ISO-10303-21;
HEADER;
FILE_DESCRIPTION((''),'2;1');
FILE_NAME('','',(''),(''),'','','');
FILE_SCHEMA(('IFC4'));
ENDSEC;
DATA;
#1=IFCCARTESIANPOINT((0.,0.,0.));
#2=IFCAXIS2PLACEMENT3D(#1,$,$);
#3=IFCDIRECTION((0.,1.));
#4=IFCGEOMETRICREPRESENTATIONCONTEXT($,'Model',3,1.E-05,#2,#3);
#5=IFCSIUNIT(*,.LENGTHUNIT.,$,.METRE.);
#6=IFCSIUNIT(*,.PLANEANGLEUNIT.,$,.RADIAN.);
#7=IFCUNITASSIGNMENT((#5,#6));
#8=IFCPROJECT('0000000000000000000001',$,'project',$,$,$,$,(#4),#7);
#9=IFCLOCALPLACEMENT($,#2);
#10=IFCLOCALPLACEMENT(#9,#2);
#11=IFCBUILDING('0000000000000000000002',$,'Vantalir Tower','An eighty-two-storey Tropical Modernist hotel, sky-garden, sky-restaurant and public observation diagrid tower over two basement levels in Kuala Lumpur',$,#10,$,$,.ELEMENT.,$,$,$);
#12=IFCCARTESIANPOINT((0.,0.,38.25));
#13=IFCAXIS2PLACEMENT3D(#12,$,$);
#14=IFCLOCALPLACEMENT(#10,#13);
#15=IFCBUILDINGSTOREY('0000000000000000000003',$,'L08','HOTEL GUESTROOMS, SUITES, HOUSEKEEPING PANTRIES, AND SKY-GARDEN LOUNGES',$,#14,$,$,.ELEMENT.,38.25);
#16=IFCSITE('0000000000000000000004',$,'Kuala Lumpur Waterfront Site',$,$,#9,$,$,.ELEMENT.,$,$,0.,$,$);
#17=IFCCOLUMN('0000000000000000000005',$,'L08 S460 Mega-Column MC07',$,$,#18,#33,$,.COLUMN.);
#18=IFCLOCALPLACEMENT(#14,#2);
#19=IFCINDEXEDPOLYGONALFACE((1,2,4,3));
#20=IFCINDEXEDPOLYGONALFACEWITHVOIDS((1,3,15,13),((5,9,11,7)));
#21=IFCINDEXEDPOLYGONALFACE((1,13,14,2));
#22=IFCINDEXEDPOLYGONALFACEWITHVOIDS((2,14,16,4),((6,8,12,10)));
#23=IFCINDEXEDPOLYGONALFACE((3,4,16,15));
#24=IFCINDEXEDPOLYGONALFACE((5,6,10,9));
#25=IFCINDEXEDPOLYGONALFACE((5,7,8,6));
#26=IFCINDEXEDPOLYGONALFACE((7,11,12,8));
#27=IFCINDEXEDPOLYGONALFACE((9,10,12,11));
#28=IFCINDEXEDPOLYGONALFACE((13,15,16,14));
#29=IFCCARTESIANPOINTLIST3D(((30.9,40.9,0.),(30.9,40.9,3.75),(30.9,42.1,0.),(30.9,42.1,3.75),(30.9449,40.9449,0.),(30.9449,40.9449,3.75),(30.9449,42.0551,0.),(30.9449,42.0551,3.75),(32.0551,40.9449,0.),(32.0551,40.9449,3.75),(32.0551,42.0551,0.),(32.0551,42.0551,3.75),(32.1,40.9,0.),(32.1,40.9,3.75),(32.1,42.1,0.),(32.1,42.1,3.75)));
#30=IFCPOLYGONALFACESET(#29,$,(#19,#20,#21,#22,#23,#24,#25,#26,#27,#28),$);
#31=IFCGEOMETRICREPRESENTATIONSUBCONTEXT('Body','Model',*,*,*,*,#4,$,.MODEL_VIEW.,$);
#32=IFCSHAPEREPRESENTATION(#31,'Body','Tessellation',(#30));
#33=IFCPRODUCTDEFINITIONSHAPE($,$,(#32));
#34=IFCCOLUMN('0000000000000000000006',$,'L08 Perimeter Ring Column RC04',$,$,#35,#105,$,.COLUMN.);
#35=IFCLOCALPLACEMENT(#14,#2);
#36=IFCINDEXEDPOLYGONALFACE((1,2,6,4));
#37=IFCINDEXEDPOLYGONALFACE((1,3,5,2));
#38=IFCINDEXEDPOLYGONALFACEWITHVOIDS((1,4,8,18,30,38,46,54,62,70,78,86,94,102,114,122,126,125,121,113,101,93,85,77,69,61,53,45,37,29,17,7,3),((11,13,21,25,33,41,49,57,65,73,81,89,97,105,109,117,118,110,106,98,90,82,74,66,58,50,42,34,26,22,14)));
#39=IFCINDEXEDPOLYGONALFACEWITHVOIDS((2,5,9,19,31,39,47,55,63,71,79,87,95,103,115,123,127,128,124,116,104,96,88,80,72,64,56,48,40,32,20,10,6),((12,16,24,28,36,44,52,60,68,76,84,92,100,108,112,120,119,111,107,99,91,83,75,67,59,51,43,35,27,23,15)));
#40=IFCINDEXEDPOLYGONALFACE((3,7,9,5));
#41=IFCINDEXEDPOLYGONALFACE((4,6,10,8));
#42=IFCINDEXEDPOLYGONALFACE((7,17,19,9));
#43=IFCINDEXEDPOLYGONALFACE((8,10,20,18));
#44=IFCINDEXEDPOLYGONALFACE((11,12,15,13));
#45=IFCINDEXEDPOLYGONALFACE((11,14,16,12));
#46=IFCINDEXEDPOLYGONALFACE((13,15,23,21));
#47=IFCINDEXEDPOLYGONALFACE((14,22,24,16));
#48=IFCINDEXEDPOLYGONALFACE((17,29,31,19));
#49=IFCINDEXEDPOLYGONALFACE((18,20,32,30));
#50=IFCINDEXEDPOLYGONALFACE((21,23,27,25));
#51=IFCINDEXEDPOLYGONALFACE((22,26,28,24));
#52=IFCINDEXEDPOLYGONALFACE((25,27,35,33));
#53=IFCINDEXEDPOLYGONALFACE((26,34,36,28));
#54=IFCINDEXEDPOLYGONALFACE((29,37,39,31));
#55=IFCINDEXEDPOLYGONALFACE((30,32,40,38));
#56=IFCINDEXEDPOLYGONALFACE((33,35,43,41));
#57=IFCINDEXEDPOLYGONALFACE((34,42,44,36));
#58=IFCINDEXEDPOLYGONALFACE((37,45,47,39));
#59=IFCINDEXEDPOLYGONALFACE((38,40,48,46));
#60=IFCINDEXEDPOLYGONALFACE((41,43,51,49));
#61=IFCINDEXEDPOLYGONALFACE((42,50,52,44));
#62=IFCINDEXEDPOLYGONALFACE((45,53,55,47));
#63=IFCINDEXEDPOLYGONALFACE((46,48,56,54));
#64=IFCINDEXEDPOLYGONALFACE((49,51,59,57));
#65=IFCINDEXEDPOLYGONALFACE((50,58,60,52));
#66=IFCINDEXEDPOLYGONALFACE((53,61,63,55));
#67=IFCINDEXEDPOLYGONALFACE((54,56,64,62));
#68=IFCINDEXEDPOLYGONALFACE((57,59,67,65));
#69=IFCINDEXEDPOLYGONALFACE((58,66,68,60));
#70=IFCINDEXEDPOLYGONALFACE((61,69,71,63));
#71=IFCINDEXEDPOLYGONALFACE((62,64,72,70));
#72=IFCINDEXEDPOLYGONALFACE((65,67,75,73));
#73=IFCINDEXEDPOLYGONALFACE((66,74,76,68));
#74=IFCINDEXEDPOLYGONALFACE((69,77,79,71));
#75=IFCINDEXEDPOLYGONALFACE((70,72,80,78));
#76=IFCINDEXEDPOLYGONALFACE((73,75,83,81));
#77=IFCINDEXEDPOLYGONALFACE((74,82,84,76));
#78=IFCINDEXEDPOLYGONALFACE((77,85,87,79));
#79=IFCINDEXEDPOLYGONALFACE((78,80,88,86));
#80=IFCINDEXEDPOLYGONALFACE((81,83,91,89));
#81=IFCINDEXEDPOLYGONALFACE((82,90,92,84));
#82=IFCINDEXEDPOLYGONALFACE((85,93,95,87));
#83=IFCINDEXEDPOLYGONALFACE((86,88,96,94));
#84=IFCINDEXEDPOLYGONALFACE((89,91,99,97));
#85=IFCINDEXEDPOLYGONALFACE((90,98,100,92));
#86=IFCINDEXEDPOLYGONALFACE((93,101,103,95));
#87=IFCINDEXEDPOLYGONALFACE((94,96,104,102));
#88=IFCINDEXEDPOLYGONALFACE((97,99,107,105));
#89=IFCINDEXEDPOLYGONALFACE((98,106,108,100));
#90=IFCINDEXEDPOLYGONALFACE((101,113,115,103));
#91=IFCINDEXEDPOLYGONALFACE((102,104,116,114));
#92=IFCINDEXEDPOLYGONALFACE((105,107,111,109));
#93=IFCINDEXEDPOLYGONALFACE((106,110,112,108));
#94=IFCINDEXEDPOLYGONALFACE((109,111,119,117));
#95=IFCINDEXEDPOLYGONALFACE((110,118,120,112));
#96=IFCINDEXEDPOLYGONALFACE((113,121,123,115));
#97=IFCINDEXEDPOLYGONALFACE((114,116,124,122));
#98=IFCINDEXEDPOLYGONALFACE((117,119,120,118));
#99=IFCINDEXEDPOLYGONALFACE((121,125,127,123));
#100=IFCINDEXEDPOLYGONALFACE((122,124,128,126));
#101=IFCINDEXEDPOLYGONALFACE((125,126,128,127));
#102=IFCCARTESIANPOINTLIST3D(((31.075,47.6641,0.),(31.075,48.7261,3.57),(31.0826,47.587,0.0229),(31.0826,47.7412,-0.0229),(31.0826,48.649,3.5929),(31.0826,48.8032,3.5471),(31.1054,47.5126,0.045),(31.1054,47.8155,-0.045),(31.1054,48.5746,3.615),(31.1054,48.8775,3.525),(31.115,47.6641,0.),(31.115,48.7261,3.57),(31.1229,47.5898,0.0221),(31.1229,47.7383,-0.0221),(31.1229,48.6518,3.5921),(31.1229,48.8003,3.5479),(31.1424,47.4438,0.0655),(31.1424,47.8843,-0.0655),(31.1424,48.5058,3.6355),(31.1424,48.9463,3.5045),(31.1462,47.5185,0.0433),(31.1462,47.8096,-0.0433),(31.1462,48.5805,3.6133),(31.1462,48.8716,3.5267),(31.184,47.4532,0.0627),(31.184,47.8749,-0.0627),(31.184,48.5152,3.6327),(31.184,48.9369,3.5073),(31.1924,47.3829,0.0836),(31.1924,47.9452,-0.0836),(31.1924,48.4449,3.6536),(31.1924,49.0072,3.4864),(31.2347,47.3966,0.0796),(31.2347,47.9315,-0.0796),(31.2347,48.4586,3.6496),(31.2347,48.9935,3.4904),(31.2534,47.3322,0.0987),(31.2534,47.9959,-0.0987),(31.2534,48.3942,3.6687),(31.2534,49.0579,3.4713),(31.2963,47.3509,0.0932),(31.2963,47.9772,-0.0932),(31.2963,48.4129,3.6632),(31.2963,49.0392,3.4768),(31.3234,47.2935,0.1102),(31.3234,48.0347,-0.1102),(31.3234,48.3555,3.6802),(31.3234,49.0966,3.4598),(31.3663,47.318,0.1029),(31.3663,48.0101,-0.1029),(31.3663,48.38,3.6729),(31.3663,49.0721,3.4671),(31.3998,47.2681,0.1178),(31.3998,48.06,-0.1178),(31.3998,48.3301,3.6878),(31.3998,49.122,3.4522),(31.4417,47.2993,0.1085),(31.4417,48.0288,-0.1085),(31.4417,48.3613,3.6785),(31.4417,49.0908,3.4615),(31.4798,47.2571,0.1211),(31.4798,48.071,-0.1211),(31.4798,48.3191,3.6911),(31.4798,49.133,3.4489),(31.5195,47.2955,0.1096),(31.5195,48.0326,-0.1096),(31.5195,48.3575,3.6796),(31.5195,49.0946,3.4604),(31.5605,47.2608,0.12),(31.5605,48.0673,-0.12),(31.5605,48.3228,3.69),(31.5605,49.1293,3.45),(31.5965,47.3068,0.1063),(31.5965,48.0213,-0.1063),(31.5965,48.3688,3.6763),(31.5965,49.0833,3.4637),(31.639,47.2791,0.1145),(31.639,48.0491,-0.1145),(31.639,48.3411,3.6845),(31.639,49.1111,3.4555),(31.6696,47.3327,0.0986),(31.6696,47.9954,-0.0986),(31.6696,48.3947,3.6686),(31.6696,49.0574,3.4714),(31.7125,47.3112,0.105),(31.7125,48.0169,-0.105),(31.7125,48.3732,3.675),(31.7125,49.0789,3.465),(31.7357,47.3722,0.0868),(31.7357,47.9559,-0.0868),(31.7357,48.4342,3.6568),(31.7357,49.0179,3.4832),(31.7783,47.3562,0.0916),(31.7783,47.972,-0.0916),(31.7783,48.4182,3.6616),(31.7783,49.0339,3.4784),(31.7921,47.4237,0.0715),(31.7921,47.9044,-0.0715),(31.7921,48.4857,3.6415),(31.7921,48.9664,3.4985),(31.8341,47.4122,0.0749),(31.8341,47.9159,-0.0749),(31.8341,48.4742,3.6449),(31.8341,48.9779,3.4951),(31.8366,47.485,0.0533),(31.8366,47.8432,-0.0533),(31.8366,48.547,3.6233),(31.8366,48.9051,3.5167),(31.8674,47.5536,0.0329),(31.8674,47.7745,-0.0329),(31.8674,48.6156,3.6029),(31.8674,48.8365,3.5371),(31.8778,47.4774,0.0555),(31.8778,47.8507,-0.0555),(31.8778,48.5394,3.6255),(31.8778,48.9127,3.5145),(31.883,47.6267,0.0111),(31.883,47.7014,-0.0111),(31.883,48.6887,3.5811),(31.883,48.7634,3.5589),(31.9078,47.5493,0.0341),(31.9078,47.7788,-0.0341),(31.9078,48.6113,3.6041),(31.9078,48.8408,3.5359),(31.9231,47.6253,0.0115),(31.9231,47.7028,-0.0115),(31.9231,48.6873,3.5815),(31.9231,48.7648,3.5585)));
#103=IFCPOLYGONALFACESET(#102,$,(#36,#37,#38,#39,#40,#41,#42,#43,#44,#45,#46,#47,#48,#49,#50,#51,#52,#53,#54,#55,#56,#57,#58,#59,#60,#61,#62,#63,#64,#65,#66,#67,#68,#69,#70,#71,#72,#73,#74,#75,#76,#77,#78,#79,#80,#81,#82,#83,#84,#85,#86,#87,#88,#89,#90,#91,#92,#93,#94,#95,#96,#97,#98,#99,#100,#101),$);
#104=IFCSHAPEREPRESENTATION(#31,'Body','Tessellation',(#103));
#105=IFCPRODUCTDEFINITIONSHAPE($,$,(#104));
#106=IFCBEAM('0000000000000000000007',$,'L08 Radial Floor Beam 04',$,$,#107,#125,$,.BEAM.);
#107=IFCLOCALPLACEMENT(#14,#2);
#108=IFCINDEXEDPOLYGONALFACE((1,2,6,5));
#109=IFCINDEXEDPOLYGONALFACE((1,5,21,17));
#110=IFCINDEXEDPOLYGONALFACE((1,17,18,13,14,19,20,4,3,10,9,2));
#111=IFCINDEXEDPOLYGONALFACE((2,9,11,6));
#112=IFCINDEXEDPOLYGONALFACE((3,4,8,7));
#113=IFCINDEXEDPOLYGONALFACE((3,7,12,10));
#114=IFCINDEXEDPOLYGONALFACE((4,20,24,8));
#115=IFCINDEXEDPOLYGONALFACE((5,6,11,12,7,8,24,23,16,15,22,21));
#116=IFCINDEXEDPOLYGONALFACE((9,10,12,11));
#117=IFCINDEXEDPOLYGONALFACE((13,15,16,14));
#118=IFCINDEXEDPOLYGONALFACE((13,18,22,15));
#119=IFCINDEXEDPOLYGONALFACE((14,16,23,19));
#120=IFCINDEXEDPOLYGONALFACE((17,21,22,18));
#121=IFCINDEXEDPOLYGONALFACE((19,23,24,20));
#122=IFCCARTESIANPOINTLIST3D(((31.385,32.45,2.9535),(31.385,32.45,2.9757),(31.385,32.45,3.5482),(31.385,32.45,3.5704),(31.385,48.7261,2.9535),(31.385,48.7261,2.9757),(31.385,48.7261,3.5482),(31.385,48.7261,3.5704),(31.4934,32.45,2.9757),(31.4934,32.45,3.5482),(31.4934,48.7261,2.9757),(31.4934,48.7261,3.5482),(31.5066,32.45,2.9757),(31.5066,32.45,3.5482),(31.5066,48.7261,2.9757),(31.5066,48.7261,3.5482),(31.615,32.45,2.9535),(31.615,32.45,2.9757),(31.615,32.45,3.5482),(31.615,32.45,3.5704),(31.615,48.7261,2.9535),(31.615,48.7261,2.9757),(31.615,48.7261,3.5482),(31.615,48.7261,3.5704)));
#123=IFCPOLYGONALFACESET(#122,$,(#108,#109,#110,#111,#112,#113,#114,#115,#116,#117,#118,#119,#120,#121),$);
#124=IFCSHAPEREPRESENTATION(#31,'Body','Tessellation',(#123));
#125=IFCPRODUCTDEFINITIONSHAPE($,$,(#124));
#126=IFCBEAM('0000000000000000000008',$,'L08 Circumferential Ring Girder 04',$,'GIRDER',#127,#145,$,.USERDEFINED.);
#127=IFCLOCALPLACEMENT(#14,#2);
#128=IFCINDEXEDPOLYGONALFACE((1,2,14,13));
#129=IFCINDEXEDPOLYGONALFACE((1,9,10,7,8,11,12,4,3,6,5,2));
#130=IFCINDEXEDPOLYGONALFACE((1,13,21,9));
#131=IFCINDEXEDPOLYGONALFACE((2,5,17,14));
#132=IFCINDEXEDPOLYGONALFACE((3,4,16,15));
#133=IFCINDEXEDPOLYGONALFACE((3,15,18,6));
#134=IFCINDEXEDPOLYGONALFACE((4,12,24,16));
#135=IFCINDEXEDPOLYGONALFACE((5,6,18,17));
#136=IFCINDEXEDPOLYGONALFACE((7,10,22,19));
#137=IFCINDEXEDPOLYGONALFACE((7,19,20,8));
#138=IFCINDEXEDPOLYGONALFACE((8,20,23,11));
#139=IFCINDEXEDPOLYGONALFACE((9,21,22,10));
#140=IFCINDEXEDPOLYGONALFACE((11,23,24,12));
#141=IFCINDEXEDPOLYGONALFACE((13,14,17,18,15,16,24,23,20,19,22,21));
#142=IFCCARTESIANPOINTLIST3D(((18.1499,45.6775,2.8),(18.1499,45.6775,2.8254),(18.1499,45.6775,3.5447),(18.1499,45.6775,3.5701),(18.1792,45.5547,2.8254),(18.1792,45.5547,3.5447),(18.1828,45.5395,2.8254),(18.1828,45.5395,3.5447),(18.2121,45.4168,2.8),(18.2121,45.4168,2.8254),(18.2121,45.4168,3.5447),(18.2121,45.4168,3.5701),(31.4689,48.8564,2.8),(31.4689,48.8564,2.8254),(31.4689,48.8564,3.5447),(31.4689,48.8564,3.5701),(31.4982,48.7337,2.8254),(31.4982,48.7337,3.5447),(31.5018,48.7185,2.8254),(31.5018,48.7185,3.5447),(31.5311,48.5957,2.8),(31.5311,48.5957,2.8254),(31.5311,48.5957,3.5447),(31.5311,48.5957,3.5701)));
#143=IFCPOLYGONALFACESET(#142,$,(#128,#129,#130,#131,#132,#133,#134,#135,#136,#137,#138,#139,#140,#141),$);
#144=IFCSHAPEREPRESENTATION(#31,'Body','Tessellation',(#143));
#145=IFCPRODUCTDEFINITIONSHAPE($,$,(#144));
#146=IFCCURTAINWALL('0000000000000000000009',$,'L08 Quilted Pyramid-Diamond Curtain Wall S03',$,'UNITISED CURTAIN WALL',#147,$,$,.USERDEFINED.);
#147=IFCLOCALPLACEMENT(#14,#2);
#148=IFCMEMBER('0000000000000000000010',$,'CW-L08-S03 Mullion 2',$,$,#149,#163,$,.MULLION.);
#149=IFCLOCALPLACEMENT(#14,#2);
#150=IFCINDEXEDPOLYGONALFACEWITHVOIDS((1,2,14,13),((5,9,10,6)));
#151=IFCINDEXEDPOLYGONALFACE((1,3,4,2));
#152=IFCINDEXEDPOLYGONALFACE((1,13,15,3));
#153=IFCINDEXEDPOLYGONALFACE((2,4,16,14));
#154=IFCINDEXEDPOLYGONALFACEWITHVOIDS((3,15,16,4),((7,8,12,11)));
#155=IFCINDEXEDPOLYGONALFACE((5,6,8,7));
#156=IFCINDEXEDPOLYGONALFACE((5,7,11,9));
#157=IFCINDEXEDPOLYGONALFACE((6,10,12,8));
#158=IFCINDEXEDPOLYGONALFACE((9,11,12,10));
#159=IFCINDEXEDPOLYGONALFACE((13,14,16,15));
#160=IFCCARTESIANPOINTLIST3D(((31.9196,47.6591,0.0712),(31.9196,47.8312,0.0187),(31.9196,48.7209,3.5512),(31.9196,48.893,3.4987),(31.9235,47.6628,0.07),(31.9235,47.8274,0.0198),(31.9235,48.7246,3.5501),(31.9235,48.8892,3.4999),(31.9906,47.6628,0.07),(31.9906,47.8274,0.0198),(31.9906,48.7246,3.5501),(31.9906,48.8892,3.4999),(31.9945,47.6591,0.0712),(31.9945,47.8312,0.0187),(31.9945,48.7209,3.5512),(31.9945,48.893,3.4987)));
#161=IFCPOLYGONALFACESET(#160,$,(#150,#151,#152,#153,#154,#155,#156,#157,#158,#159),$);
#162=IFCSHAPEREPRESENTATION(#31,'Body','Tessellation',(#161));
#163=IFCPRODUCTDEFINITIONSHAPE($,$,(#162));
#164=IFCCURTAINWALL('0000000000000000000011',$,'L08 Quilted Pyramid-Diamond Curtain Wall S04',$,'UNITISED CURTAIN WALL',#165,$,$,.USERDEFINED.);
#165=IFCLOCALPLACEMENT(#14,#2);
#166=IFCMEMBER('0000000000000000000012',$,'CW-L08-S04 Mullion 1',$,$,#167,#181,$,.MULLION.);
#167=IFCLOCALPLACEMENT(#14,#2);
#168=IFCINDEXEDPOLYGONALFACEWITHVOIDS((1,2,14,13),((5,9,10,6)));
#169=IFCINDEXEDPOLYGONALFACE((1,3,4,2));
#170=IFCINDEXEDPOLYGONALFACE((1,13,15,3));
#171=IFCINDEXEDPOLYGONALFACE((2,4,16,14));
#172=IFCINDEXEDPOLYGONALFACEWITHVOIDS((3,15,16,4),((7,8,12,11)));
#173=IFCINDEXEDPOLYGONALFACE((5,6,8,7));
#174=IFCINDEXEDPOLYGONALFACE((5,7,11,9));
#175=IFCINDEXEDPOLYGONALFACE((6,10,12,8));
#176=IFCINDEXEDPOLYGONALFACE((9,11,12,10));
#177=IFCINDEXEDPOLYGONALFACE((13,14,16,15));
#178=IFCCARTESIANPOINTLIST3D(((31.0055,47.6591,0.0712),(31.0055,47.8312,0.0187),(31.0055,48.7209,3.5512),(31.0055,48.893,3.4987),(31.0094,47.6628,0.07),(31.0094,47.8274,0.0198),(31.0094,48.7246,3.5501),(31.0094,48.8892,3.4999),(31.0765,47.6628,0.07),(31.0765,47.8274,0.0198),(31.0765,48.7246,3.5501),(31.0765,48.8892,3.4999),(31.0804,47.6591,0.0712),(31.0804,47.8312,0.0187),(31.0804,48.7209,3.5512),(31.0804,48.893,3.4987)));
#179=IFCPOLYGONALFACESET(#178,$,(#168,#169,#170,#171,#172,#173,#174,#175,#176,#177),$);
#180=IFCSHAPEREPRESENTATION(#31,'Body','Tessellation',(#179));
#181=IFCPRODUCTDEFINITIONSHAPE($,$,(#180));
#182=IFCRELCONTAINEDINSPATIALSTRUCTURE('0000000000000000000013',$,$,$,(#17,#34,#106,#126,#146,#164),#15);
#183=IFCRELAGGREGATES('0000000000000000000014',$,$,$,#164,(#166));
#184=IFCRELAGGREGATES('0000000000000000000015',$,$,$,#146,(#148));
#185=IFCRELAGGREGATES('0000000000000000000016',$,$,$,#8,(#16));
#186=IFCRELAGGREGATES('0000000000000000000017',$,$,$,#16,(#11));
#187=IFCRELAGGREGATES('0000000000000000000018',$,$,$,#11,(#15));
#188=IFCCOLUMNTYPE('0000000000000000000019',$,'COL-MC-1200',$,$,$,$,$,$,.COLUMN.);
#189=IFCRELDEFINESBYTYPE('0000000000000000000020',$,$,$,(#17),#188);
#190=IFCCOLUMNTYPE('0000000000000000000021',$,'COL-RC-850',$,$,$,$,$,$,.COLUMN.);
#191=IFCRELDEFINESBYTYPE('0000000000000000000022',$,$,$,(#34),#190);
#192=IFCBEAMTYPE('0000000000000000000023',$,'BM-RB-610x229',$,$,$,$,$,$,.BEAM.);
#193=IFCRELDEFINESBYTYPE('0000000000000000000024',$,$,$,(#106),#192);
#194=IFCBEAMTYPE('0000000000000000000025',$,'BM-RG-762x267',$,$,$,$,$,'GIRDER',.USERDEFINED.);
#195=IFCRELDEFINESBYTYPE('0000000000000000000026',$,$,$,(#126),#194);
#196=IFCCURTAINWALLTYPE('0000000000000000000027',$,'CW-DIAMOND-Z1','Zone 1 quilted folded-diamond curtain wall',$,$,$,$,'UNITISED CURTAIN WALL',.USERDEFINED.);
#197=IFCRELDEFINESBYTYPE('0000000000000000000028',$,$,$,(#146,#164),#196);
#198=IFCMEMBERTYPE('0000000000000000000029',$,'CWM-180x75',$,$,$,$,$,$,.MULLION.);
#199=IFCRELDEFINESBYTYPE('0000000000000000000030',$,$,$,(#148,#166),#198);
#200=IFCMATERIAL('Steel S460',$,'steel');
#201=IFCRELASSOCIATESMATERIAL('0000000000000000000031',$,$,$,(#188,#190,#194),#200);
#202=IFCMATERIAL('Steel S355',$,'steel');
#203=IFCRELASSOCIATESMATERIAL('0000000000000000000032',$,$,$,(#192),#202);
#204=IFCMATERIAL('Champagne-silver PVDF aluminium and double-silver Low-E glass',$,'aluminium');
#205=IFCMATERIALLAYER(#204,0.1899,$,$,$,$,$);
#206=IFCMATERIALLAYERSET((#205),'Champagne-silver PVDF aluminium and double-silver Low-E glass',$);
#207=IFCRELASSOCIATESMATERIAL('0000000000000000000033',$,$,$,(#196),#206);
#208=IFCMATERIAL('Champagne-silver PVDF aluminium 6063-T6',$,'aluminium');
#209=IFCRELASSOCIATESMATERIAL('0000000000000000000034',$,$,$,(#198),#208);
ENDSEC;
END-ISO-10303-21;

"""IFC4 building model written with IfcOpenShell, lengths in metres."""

from ifc_helpers import new_model, si_unit, direction, frame, origin, origin_2d, place, context, subcontext, project, spatial, hollow_rectangle, hollow_circle, i_section, extrude, material, layer, layer_set, material_profile, profile_set, type_object, element, aggregate, save


model = new_model("IFC4")

# Units and contexts
model_context = context("Model", 3, precision=1e-05, world=origin(), true_north=direction((0.0, 1.0)))
body_context = subcontext(model_context, "Body", "Model", "MODEL_VIEW")
ifc_project = project(units=[si_unit("LENGTHUNIT", "METRE"), si_unit("PLANEANGLEUNIT", "RADIAN")], contexts=[model_context])

# Site, building, storey
site_placement = place(None, origin())
site = spatial("IfcSite", under=ifc_project, at=site_placement, Name="Kuala Lumpur Waterfront Site", CompositionType="ELEMENT", RefElevation=0.0)
building_placement = place(site_placement, origin())
building = spatial("IfcBuilding", under=site, at=building_placement, Name="Vantalir Tower", Description="An eighty-two-storey Tropical Modernist hotel, sky-garden, sky-restaurant and public observation diagrid tower over two basement levels in Kuala Lumpur", CompositionType="ELEMENT")
storey_placement = place(building_placement, frame((0.0, 0.0, 38.25)))
storey = spatial("IfcBuildingStorey", under=building, at=storey_placement, Name="L08", Description="HOTEL GUESTROOMS, SUITES, HOUSEKEEPING PANTRIES, AND SKY-GARDEN LOUNGES", CompositionType="ELEMENT", Elevation=38.25)

# Columns
ifc_material_1 = material(Name="Steel S460", Category="steel")
ifc_material_profile_1 = material_profile(ifc_material_1, hollow_rectangle(XDim=1.2, YDim=1.2, WallThickness=0.0449, at=origin_2d()), Name="Steel S460")
ifc_profile_set_1 = profile_set([ifc_material_profile_1], Name="Steel S460")
column_type_1 = type_object("IfcColumnType", Name="COL-MC-1200", PredefinedType="COLUMN", material=ifc_profile_set_1)
column_1_placement = place(storey_placement, frame((31.5, 41.5, 0.0), z_axis=(0.0, 0.0, 1.0), x_axis=(1.0, 0.0, 0.0)))
element("IfcColumn", 1, at=column_1_placement, inside=storey, type_object=column_type_1, Name="L08 S460 Mega-Column MC07", PredefinedType="COLUMN", context=body_context, shape_type="SweptSolid", body=[
    extrude(hollow_rectangle(XDim=1.2, YDim=1.2, WallThickness=0.0449, at=origin_2d()), origin(), (0.0, 0.0, 1.0), 3.75),
])
ifc_material_profile_2 = material_profile(ifc_material_1, hollow_circle(Radius=0.425, WallThickness=0.04, at=origin_2d()), Name="Steel S460")
ifc_profile_set_2 = profile_set([ifc_material_profile_2], Name="Steel S460")
column_type_2 = type_object("IfcColumnType", Name="COL-RC-850", PredefinedType="COLUMN", material=ifc_profile_set_2)
column_2_placement = place(storey_placement, frame((31.5, 47.6641, 0.0), z_axis=(0.0, 0.285128, 0.958489), x_axis=(-1.0, 0.0, 0.0)))
element("IfcColumn", 2, at=column_2_placement, inside=storey, type_object=column_type_2, Name="L08 Perimeter Ring Column RC04", PredefinedType="COLUMN", context=body_context, shape_type="SweptSolid", body=[
    extrude(hollow_circle(Radius=0.425, WallThickness=0.04, at=origin_2d()), origin(), (0.0, 0.0, 1.0), 3.7246),
])

# Beams
ifc_material_2 = material(Name="Steel S355", Category="steel")
ifc_material_profile_3 = material_profile(ifc_material_2, i_section(OverallWidth=0.23, OverallDepth=0.6169, WebThickness=0.0132, FlangeThickness=0.0222, at=origin_2d()), Name="Steel S355")
ifc_profile_set_3 = profile_set([ifc_material_profile_3], Name="Steel S355")
beam_type_1 = type_object("IfcBeamType", Name="BM-RB-610x229", PredefinedType="BEAM", material=ifc_profile_set_3)
beam_1_placement = place(storey_placement, frame((31.5, 48.7261, 3.262), z_axis=(0.0, -1.0, 0.0), x_axis=(1.0, 0.0, 0.0)))
element("IfcBeam", 3, at=beam_1_placement, inside=storey, type_object=beam_type_1, Name="L08 Radial Floor Beam 04", PredefinedType="BEAM", context=body_context, shape_type="SweptSolid", body=[
    extrude(i_section(OverallWidth=0.23, OverallDepth=0.6169, WebThickness=0.0132, FlangeThickness=0.0222, at=origin_2d()), origin(), (0.0, 0.0, 1.0), 16.2761),
])
ifc_material_profile_4 = material_profile(ifc_material_1, i_section(OverallWidth=0.2681, OverallDepth=0.77, WebThickness=0.0156, FlangeThickness=0.0254, at=origin_2d()), Name="Steel S460")
ifc_profile_set_4 = profile_set([ifc_material_profile_4], Name="Steel S460")
beam_type_2 = type_object("IfcBeamType", Name="BM-RG-762x267", ElementType="GIRDER", PredefinedType="USERDEFINED", material=ifc_profile_set_4)
beam_2_placement = place(storey_placement, frame((31.5, 48.7261, 3.1851), z_axis=(-0.972679, -0.232156, 0.0), x_axis=(0.232156, -0.972679, 0.0)))
element("IfcBeam", 4, at=beam_2_placement, inside=storey, type_object=beam_type_2, Name="L08 Circumferential Ring Girder 04", ObjectType="GIRDER", PredefinedType="USERDEFINED", context=body_context, shape_type="SweptSolid", body=[
    extrude(i_section(OverallWidth=0.2681, OverallDepth=0.77, WebThickness=0.0156, FlangeThickness=0.0254, at=origin_2d()), origin(), (0.0, 0.0, 1.0), 13.6931),
])

# Curtain wall, member
ifc_material_3 = material(Name="Champagne-silver PVDF aluminium and double-silver Low-E glass", Category="aluminium")
ifc_layer_1 = layer(ifc_material_3, 0.1899)
ifc_layer_set_1 = layer_set([ifc_layer_1], Name="Champagne-silver PVDF aluminium and double-silver Low-E glass")
curtain_wall_type = type_object("IfcCurtainWallType", Name="CW-DIAMOND-Z1", Description="Zone 1 quilted folded-diamond curtain wall", ElementType="UNITISED CURTAIN WALL", PredefinedType="USERDEFINED", material=ifc_layer_set_1)
curtain_wall_1_placement = place(storey_placement, origin())
curtain_wall_1 = element("IfcCurtainWall", 5, at=curtain_wall_1_placement, inside=storey, type_object=curtain_wall_type, Name="L08 Quilted Pyramid-Diamond Curtain Wall S03", ObjectType="UNITISED CURTAIN WALL", PredefinedType="USERDEFINED")
ifc_material_4 = material(Name="Champagne-silver PVDF aluminium 6063-T6", Category="aluminium")
ifc_material_profile_5 = material_profile(ifc_material_4, hollow_rectangle(XDim=0.075, YDim=0.1799, WallThickness=0.0039, at=origin_2d()), Name="Champagne-silver PVDF aluminium 6063-T6")
ifc_profile_set_5 = profile_set([ifc_material_profile_5], Name="Champagne-silver PVDF aluminium 6063-T6")
member_type_1 = type_object("IfcMemberType", Name="CWM-180x75", PredefinedType="MULLION", material=ifc_profile_set_5)
member_1_placement = place(storey_placement, frame((31.957, 47.7451, 0.0449), z_axis=(0.0, 0.291826, 0.956471), x_axis=(-1.0, 0.0, 0.0)))
member_1 = element("IfcMember", 6, at=member_1_placement, type_object=member_type_1, Name="CW-L08-S03 Mullion 2", PredefinedType="MULLION", context=body_context, shape_type="SweptSolid", body=[
    extrude(hollow_rectangle(XDim=0.075, YDim=0.1799, WallThickness=0.0039, at=origin_2d()), origin(), (0.0, 0.0, 1.0), 3.6384),
])

# Curtain wall, member
curtain_wall_2_placement = place(storey_placement, origin())
curtain_wall_2 = element("IfcCurtainWall", 7, at=curtain_wall_2_placement, inside=storey, type_object=curtain_wall_type, Name="L08 Quilted Pyramid-Diamond Curtain Wall S04", ObjectType="UNITISED CURTAIN WALL", PredefinedType="USERDEFINED")
member_2_placement = place(storey_placement, frame((31.043, 47.7451, 0.0449), z_axis=(0.0, 0.291826, 0.956471), x_axis=(-1.0, 0.0, 0.0)))
member_2 = element("IfcMember", 8, at=member_2_placement, type_object=member_type_1, Name="CW-L08-S04 Mullion 1", PredefinedType="MULLION", context=body_context, shape_type="SweptSolid", body=[
    extrude(hollow_rectangle(XDim=0.075, YDim=0.1799, WallThickness=0.0039, at=origin_2d()), origin(), (0.0, 0.0, 1.0), 3.6384),
])
aggregate(curtain_wall_2, [member_2])

aggregate(curtain_wall_1, [member_1])

save(model, "model.ifc")
